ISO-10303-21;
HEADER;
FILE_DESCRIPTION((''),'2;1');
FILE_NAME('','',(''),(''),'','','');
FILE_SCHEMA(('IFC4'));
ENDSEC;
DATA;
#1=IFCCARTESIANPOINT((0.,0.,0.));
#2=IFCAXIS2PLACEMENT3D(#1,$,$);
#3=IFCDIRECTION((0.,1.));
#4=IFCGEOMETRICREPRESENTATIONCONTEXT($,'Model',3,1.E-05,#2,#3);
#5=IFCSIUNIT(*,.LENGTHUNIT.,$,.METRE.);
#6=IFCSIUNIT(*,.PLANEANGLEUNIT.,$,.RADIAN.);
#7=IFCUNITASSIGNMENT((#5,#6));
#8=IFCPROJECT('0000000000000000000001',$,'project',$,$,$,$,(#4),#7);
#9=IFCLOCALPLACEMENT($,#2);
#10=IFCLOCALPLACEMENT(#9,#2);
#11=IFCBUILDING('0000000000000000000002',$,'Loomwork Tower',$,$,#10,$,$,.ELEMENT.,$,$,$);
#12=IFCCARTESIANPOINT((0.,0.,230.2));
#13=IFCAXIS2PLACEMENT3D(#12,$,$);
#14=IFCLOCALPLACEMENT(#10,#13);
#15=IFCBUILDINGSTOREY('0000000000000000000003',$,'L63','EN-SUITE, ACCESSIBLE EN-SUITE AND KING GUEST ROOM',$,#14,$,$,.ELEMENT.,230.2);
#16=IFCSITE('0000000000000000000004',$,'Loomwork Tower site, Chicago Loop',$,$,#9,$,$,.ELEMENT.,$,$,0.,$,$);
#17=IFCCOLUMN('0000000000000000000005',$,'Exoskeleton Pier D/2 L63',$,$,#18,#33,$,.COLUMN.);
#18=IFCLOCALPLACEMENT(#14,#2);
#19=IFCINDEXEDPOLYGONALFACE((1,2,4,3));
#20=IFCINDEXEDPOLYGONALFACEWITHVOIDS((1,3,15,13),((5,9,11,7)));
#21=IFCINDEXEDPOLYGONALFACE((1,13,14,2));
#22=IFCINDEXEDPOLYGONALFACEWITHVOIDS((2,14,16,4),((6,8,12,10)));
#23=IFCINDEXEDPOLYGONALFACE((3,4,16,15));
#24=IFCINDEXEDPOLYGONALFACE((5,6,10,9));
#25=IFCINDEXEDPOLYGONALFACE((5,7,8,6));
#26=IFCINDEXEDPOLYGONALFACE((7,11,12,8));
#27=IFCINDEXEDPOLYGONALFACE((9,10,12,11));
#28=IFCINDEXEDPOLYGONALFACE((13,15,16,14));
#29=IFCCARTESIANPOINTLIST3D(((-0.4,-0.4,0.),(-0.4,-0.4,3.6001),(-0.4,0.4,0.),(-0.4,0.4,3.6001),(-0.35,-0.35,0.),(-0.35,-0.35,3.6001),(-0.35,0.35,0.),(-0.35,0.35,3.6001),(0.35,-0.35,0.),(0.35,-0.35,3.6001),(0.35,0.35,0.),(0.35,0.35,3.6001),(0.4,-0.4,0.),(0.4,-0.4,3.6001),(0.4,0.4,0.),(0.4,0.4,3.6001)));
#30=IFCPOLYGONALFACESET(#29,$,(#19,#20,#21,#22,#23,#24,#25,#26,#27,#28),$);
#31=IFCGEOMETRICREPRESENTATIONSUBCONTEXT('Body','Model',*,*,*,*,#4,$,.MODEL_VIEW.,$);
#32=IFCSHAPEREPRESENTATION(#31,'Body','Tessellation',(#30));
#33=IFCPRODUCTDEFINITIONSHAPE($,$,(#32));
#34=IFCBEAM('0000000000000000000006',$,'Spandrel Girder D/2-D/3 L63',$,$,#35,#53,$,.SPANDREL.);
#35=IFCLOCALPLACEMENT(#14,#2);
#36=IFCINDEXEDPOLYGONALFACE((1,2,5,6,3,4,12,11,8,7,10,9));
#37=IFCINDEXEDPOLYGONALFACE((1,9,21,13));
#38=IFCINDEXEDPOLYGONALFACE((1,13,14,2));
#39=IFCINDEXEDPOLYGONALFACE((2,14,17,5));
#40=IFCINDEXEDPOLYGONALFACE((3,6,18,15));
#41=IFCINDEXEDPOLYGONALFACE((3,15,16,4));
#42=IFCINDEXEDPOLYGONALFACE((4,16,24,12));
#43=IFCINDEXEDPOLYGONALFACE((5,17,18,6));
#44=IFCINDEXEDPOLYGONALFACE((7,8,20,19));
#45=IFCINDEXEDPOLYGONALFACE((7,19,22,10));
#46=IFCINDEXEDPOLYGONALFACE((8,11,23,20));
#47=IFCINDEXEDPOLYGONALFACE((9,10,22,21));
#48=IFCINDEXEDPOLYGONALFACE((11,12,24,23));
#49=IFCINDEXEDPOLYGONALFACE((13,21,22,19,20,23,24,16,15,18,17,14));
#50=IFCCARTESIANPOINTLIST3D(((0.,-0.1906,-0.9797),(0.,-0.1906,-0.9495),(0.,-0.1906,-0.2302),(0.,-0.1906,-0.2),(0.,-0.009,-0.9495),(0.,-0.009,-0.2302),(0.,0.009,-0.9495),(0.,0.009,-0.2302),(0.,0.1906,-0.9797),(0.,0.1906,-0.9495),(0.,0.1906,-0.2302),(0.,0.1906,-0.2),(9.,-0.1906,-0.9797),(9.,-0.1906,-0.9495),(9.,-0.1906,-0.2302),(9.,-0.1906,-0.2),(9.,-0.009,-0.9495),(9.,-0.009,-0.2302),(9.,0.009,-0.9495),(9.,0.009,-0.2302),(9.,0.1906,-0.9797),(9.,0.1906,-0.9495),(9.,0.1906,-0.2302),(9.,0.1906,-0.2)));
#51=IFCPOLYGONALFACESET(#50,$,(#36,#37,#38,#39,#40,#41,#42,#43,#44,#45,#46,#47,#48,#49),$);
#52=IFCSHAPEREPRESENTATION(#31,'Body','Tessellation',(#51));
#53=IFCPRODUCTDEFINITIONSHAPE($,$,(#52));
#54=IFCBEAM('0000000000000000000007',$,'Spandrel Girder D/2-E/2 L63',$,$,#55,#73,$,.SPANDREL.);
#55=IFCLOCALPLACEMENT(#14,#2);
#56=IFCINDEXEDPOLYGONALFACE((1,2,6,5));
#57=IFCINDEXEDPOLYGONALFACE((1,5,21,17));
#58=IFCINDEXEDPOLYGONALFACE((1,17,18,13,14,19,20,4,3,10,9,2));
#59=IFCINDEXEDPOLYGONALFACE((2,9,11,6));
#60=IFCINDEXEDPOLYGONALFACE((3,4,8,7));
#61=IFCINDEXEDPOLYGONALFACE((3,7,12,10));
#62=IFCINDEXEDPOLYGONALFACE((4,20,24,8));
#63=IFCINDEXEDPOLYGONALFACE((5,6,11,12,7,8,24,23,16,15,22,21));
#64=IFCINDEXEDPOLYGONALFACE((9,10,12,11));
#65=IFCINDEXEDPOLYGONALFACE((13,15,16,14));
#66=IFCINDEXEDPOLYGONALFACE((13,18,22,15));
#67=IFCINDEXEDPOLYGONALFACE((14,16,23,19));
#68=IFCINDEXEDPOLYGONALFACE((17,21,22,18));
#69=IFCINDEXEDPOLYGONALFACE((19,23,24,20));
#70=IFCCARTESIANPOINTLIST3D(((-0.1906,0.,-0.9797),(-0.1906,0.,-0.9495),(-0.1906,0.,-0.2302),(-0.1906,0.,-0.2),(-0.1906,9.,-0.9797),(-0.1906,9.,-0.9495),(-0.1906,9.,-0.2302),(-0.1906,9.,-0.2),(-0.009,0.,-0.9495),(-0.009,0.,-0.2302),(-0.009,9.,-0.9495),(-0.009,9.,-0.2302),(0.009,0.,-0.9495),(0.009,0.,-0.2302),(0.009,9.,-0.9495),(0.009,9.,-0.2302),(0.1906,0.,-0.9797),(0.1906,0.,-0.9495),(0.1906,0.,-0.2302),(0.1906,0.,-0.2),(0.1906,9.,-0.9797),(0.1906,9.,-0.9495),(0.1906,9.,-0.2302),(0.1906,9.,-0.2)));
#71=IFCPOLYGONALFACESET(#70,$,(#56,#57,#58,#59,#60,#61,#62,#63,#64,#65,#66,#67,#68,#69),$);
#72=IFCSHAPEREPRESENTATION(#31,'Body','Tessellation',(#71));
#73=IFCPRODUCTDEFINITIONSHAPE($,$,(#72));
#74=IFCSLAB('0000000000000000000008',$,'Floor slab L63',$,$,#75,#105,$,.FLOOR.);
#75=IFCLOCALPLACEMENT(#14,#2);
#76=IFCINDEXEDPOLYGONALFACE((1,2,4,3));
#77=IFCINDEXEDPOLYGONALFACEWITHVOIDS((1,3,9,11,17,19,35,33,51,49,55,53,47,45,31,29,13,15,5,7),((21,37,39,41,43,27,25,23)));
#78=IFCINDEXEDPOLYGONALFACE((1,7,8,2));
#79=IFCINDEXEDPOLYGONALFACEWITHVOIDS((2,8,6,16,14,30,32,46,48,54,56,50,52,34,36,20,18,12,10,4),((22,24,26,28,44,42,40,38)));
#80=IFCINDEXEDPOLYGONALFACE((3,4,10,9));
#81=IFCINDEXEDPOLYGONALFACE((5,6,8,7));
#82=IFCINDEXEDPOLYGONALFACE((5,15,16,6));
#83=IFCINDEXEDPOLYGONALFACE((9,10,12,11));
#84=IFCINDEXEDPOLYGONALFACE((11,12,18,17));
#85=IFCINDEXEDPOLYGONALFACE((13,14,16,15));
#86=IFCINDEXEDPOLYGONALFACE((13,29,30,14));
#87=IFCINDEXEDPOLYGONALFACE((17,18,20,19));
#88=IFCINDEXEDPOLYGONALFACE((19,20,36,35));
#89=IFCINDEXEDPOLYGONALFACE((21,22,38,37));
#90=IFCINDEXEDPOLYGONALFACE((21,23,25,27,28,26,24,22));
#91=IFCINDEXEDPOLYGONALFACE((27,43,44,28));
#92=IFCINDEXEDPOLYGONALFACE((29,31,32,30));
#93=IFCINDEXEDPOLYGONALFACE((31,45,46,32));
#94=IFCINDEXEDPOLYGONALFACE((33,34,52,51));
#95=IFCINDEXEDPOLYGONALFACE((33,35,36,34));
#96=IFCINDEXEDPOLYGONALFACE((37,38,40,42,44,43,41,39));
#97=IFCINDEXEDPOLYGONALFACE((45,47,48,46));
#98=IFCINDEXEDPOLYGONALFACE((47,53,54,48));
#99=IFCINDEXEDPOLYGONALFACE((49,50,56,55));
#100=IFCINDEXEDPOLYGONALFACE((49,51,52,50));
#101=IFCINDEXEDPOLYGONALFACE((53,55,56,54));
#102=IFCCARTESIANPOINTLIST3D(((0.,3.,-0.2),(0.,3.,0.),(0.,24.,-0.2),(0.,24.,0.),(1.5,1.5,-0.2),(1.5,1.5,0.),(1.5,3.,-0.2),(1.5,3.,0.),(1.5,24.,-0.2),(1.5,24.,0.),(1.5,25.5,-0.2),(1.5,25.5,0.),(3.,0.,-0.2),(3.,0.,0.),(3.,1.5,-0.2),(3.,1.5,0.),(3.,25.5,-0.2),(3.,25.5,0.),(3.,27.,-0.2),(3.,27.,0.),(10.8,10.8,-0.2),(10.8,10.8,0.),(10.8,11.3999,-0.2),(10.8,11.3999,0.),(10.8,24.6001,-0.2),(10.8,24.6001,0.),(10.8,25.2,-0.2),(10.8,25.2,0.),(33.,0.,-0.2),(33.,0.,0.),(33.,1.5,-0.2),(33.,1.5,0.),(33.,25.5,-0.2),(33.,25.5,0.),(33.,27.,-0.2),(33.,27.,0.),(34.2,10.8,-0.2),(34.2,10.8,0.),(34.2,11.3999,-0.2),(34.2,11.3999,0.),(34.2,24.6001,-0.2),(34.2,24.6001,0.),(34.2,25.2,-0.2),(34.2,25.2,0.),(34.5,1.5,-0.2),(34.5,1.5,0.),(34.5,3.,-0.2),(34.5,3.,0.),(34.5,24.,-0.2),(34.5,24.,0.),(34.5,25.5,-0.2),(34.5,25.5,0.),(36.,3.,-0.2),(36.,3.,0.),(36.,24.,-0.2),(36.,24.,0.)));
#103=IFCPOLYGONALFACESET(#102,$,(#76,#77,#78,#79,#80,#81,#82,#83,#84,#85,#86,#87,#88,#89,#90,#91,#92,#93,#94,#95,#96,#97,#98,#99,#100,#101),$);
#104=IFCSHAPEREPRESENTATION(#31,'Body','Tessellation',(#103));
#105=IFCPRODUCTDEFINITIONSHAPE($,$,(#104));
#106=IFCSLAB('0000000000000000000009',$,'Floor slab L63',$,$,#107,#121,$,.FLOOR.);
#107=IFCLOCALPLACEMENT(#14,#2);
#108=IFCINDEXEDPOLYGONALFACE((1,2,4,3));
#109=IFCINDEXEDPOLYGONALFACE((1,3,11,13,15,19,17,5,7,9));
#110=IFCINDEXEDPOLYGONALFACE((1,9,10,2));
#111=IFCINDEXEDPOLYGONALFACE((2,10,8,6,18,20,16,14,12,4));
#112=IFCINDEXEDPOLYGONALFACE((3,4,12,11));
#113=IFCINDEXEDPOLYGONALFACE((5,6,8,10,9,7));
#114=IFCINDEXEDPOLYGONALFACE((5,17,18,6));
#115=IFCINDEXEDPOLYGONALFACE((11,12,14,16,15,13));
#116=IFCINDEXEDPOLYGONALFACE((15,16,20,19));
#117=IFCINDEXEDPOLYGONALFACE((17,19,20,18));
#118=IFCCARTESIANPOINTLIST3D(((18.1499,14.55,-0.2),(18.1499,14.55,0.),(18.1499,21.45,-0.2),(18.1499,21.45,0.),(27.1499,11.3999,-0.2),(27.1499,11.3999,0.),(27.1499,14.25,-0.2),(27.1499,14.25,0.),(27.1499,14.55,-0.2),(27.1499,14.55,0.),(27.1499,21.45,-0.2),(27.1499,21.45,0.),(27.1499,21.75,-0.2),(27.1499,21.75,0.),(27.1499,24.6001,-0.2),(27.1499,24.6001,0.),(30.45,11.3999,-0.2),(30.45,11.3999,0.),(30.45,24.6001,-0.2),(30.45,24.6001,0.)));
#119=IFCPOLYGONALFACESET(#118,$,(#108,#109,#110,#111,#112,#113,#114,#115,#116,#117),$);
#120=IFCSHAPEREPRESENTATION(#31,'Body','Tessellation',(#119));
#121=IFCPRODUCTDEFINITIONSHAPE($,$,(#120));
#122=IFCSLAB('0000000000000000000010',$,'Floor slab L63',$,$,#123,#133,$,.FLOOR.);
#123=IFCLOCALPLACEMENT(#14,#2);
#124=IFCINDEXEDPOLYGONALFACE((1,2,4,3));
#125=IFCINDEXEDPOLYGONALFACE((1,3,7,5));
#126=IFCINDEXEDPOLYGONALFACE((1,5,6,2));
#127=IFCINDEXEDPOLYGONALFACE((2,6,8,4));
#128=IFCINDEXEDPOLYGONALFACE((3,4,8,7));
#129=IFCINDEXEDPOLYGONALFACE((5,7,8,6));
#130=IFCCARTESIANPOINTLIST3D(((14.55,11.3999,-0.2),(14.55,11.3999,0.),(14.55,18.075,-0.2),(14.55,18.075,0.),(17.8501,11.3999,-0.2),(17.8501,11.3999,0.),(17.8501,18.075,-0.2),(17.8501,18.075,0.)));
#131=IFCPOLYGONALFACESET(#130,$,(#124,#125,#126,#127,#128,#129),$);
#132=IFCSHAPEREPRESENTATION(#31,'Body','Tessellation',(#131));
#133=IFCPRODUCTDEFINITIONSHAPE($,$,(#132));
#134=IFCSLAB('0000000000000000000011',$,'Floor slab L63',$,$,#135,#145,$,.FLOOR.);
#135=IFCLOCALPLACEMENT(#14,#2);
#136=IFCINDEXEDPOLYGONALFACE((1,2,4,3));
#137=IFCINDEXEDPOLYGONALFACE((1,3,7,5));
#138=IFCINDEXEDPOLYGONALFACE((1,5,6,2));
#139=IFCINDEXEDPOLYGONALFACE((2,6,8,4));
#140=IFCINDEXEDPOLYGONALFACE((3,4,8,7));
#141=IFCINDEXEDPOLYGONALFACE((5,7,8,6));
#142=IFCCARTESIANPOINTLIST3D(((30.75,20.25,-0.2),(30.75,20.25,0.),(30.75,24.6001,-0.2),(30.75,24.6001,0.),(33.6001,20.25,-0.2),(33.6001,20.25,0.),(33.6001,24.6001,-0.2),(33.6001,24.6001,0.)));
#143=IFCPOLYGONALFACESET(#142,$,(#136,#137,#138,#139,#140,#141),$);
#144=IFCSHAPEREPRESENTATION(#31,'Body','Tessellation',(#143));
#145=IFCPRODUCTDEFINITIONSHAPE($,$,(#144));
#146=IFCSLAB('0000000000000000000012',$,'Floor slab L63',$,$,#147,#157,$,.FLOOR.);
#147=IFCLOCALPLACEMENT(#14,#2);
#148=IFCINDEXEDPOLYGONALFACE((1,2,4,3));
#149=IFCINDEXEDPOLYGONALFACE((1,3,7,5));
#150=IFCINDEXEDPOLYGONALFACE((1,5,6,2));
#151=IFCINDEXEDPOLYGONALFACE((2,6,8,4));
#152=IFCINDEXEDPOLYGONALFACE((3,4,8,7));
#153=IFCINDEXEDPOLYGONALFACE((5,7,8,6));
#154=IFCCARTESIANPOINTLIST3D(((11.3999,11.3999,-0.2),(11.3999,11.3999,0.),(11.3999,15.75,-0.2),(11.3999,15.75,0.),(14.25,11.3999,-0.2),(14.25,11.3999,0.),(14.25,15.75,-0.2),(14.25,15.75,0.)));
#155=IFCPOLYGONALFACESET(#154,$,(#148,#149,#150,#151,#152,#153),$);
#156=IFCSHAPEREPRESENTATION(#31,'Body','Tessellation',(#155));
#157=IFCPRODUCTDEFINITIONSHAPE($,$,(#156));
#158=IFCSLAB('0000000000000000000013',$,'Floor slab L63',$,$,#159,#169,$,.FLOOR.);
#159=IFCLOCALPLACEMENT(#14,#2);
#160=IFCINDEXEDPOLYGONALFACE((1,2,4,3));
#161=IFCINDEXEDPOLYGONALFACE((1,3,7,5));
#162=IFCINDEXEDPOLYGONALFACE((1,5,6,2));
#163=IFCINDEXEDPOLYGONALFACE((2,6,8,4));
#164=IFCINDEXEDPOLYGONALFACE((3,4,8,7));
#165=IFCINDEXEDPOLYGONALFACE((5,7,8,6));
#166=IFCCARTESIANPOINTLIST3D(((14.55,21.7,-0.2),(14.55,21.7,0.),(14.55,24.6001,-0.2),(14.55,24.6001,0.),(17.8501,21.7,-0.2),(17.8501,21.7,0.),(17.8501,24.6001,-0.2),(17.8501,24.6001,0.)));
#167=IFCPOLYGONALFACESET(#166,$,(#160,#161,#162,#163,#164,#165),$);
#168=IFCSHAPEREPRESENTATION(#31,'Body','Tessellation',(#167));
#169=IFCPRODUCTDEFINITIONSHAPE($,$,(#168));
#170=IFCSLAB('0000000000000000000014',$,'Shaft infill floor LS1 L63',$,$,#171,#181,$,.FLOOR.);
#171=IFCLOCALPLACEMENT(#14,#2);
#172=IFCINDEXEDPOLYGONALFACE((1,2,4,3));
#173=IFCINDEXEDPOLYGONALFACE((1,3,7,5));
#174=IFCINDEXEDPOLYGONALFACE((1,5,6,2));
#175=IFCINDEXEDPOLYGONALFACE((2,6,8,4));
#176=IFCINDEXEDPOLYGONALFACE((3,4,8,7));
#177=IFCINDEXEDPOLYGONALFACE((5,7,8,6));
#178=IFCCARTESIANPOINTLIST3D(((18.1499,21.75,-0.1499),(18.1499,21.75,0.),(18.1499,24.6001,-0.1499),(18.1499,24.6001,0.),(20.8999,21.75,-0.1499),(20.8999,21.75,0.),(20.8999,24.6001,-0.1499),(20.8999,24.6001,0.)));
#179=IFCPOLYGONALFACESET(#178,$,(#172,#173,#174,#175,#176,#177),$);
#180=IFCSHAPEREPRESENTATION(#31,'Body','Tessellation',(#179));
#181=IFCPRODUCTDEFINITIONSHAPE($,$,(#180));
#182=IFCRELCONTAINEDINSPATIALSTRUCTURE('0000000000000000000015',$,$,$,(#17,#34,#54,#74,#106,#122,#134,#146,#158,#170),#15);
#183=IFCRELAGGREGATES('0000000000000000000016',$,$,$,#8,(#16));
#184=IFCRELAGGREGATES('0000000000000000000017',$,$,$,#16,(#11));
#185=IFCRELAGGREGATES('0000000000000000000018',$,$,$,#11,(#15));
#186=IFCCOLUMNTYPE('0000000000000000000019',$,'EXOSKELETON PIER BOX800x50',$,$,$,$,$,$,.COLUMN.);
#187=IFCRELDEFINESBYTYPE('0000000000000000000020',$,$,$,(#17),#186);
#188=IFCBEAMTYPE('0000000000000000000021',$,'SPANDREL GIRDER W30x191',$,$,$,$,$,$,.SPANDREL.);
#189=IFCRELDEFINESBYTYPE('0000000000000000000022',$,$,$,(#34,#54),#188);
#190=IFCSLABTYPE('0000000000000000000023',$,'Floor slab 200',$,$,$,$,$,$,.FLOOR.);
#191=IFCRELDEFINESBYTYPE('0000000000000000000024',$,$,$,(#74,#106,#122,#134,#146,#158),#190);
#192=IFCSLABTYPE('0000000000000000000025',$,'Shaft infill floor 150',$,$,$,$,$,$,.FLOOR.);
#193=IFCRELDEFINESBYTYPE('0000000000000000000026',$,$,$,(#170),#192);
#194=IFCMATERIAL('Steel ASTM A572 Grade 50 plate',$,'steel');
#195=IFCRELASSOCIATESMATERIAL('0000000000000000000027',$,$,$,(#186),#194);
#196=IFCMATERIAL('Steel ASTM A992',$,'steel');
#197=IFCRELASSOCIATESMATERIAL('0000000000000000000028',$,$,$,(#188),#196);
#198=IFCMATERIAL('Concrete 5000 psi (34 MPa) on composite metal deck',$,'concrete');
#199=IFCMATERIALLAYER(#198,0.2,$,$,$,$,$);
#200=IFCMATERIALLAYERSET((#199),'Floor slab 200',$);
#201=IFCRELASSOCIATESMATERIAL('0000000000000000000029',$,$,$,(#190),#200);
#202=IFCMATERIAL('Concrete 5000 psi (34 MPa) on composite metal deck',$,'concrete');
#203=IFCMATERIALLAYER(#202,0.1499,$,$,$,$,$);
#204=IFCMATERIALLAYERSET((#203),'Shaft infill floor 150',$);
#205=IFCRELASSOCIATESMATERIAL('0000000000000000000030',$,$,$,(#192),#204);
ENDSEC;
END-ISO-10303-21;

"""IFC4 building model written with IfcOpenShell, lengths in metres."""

from ifc_helpers import new_model, si_unit, direction, frame, origin, origin_with_axes, origin_2d, place, context, subcontext, project, spatial, polyline, hollow_rectangle, i_section, outline, extrude, material, layer, layer_set, material_profile, profile_set, type_object, element, save


model = new_model("IFC4")

# Units and contexts
model_context = context("Model", 3, precision=1e-05, world=origin(), true_north=direction((0.0, 1.0)))
body_context = subcontext(model_context, "Body", "Model", "MODEL_VIEW")
ifc_project = project(units=[si_unit("LENGTHUNIT", "METRE"), si_unit("PLANEANGLEUNIT", "RADIAN")], contexts=[model_context])

# Site, building, storey
site_placement = place(None, origin())
site = spatial("IfcSite", under=ifc_project, at=site_placement, Name="Loomwork Tower site, Chicago Loop", CompositionType="ELEMENT", RefElevation=0.0)
building_placement = place(site_placement, origin())
building = spatial("IfcBuilding", under=site, at=building_placement, Name="Loomwork Tower", CompositionType="ELEMENT")
storey_placement = place(building_placement, frame((0.0, 0.0, 230.2)))
storey = spatial("IfcBuildingStorey", under=building, at=storey_placement, Name="L63", Description="EN-SUITE, ACCESSIBLE EN-SUITE AND KING GUEST ROOM", CompositionType="ELEMENT", Elevation=230.2)

# Column
ifc_material_1 = material(Name="Steel ASTM A572 Grade 50 plate", Category="steel")
ifc_material_profile_1 = material_profile(ifc_material_1, hollow_rectangle(XDim=0.8, YDim=0.8, WallThickness=0.05, at=origin_2d()), Name="BOX800x50")
ifc_profile_set_1 = profile_set([ifc_material_profile_1], Name="Steel ASTM A572 Grade 50 plate")
column_type = type_object("IfcColumnType", Name="EXOSKELETON PIER BOX800x50", PredefinedType="COLUMN", material=ifc_profile_set_1)
column_placement = place(storey_placement, origin_with_axes())
element("IfcColumn", 1, at=column_placement, inside=storey, type_object=column_type, Name="Exoskeleton Pier D/2 L63", PredefinedType="COLUMN", context=body_context, shape_type="SweptSolid", body=[
    extrude(hollow_rectangle(XDim=0.8, YDim=0.8, WallThickness=0.05, at=origin_2d()), origin(), (0.0, 0.0, 1.0), 3.6001),
])

# Beams
ifc_material_2 = material(Name="Steel ASTM A992", Category="steel")
ifc_material_profile_2 = material_profile(ifc_material_2, i_section(OverallWidth=0.3811, OverallDepth=0.7798, WebThickness=0.0181, FlangeThickness=0.0303, at=origin_2d()), Name="W30x191")
ifc_profile_set_2 = profile_set([ifc_material_profile_2], Name="Steel ASTM A992")
beam_type = type_object("IfcBeamType", Name="SPANDREL GIRDER W30x191", PredefinedType="SPANDREL", material=ifc_profile_set_2)
for number, where, z_axis, x_axis, name in (
    (2, (0.0, 0.0, -0.5898), (1.0, 0.0, 0.0), (0.0, 1.0, 0.0), "Spandrel Girder D/2-D/3 L63"),
    (3, (0.0, 0.0, -0.5898), (0.0, 1.0, 0.0), (-1.0, 0.0, 0.0), "Spandrel Girder D/2-E/2 L63"),
):
    element("IfcBeam", number, at=place(storey_placement, frame(where, z_axis=z_axis, x_axis=x_axis)), inside=storey, type_object=beam_type, Name=name, PredefinedType="SPANDREL", context=body_context, shape_type="SweptSolid", body=[
        extrude(i_section(OverallWidth=0.3811, OverallDepth=0.7798, WebThickness=0.0181, FlangeThickness=0.0303, at=origin_2d()), origin(), (0.0, 0.0, 1.0), 9.0),
    ])

# Slabs
ifc_material_3 = material(Name="Concrete 5000 psi (34 MPa) on composite metal deck", Category="concrete")
ifc_layer_1 = layer(ifc_material_3, 0.2)
ifc_layer_set_1 = layer_set([ifc_layer_1], Name="Floor slab 200")
slab_type_1 = type_object("IfcSlabType", Name="Floor slab 200", PredefinedType="FLOOR", material=ifc_layer_set_1)
slab_1_placement = place(storey_placement, frame((0.0, 0.0, -0.2)))
element("IfcSlab", 4, at=slab_1_placement, inside=storey, type_object=slab_type_1, Name="Floor slab L63", PredefinedType="FLOOR", context=body_context, shape_type="SweptSolid", body=[
    extrude(outline(polyline([(3.0, 1.5), (1.5, 1.5), (1.5, 3.0), (0.0, 3.0), (0.0, 24.0), (1.5, 24.0), (1.5, 25.5), (3.0, 25.5), (3.0, 27.0), (33.0, 27.0), (33.0, 25.5), (34.5, 25.5), (34.5, 24.0), (36.0, 24.0), (36.0, 3.0), (34.5, 3.0), (34.5, 1.5), (33.0, 1.5), (33.0, 0.0), (3.0, 0.0), (3.0, 1.5)]), holes=[polyline([(10.8, 11.3999), (10.8, 11.3999), (10.8, 10.8), (34.2, 10.8), (34.2, 11.3999), (34.2, 11.3999), (34.2, 24.6001), (34.2, 25.2), (10.8, 25.2), (10.8, 24.6001), (10.8, 11.3999)])]), origin(), (0.0, 0.0, 1.0), 0.2),
])
slab_2_placement = place(storey_placement, frame((0.0, 0.0, -0.2)))
element("IfcSlab", 5, at=slab_2_placement, inside=storey, type_object=slab_type_1, Name="Floor slab L63", PredefinedType="FLOOR", context=body_context, shape_type="SweptSolid", body=[
    extrude(outline(polyline([(30.45, 24.6001), (30.45, 11.3999), (27.1499, 11.3999), (27.1499, 14.25), (27.1499, 14.55), (18.1499, 14.55), (18.1499, 21.45), (27.1499, 21.45), (27.1499, 21.75), (27.1499, 24.6001), (30.45, 24.6001)])), origin(), (0.0, 0.0, 1.0), 0.2),
])
slab_3_placement = place(storey_placement, frame((0.0, 0.0, -0.2)))
element("IfcSlab", 6, at=slab_3_placement, inside=storey, type_object=slab_type_1, Name="Floor slab L63", PredefinedType="FLOOR", context=body_context, shape_type="SweptSolid", body=[
    extrude(outline(polyline([(14.55, 11.3999), (14.55, 18.075), (17.8501, 18.075), (17.8501, 11.3999), (14.55, 11.3999)])), origin(), (0.0, 0.0, 1.0), 0.2),
])
slab_4_placement = place(storey_placement, frame((0.0, 0.0, -0.2)))
element("IfcSlab", 7, at=slab_4_placement, inside=storey, type_object=slab_type_1, Name="Floor slab L63", PredefinedType="FLOOR", context=body_context, shape_type="SweptSolid", body=[
    extrude(outline(polyline([(33.6001, 20.25), (30.75, 20.25), (30.75, 24.6001), (33.6001, 24.6001), (33.6001, 20.25)])), origin(), (0.0, 0.0, 1.0), 0.2),
])
slab_5_placement = place(storey_placement, frame((0.0, 0.0, -0.2)))
element("IfcSlab", 8, at=slab_5_placement, inside=storey, type_object=slab_type_1, Name="Floor slab L63", PredefinedType="FLOOR", context=body_context, shape_type="SweptSolid", body=[
    extrude(outline(polyline([(14.25, 15.75), (14.25, 11.3999), (11.3999, 11.3999), (11.3999, 15.75), (14.25, 15.75)])), origin(), (0.0, 0.0, 1.0), 0.2),
])
slab_6_placement = place(storey_placement, frame((0.0, 0.0, -0.2)))
element("IfcSlab", 9, at=slab_6_placement, inside=storey, type_object=slab_type_1, Name="Floor slab L63", PredefinedType="FLOOR", context=body_context, shape_type="SweptSolid", body=[
    extrude(outline(polyline([(14.55, 21.7), (14.55, 24.6001), (17.8501, 24.6001), (17.8501, 21.7), (14.55, 21.7)])), origin(), (0.0, 0.0, 1.0), 0.2),
])
ifc_material_4 = material(Name="Concrete 5000 psi (34 MPa) on composite metal deck", Category="concrete")
ifc_layer_2 = layer(ifc_material_4, 0.1499)
ifc_layer_set_2 = layer_set([ifc_layer_2], Name="Shaft infill floor 150")
slab_type_2 = type_object("IfcSlabType", Name="Shaft infill floor 150", PredefinedType="FLOOR", material=ifc_layer_set_2)
slab_7_placement = place(storey_placement, frame((0.0, 0.0, -0.1499)))
element("IfcSlab", 10, at=slab_7_placement, inside=storey, type_object=slab_type_2, Name="Shaft infill floor LS1 L63", PredefinedType="FLOOR", context=body_context, shape_type="SweptSolid", body=[
    extrude(outline(polyline([(18.1499, 21.75), (20.8999, 21.75), (20.8999, 24.6001), (18.1499, 24.6001), (18.1499, 21.75)])), origin(), (0.0, 0.0, 1.0), 0.1499),
])

save(model, "model.ifc")
